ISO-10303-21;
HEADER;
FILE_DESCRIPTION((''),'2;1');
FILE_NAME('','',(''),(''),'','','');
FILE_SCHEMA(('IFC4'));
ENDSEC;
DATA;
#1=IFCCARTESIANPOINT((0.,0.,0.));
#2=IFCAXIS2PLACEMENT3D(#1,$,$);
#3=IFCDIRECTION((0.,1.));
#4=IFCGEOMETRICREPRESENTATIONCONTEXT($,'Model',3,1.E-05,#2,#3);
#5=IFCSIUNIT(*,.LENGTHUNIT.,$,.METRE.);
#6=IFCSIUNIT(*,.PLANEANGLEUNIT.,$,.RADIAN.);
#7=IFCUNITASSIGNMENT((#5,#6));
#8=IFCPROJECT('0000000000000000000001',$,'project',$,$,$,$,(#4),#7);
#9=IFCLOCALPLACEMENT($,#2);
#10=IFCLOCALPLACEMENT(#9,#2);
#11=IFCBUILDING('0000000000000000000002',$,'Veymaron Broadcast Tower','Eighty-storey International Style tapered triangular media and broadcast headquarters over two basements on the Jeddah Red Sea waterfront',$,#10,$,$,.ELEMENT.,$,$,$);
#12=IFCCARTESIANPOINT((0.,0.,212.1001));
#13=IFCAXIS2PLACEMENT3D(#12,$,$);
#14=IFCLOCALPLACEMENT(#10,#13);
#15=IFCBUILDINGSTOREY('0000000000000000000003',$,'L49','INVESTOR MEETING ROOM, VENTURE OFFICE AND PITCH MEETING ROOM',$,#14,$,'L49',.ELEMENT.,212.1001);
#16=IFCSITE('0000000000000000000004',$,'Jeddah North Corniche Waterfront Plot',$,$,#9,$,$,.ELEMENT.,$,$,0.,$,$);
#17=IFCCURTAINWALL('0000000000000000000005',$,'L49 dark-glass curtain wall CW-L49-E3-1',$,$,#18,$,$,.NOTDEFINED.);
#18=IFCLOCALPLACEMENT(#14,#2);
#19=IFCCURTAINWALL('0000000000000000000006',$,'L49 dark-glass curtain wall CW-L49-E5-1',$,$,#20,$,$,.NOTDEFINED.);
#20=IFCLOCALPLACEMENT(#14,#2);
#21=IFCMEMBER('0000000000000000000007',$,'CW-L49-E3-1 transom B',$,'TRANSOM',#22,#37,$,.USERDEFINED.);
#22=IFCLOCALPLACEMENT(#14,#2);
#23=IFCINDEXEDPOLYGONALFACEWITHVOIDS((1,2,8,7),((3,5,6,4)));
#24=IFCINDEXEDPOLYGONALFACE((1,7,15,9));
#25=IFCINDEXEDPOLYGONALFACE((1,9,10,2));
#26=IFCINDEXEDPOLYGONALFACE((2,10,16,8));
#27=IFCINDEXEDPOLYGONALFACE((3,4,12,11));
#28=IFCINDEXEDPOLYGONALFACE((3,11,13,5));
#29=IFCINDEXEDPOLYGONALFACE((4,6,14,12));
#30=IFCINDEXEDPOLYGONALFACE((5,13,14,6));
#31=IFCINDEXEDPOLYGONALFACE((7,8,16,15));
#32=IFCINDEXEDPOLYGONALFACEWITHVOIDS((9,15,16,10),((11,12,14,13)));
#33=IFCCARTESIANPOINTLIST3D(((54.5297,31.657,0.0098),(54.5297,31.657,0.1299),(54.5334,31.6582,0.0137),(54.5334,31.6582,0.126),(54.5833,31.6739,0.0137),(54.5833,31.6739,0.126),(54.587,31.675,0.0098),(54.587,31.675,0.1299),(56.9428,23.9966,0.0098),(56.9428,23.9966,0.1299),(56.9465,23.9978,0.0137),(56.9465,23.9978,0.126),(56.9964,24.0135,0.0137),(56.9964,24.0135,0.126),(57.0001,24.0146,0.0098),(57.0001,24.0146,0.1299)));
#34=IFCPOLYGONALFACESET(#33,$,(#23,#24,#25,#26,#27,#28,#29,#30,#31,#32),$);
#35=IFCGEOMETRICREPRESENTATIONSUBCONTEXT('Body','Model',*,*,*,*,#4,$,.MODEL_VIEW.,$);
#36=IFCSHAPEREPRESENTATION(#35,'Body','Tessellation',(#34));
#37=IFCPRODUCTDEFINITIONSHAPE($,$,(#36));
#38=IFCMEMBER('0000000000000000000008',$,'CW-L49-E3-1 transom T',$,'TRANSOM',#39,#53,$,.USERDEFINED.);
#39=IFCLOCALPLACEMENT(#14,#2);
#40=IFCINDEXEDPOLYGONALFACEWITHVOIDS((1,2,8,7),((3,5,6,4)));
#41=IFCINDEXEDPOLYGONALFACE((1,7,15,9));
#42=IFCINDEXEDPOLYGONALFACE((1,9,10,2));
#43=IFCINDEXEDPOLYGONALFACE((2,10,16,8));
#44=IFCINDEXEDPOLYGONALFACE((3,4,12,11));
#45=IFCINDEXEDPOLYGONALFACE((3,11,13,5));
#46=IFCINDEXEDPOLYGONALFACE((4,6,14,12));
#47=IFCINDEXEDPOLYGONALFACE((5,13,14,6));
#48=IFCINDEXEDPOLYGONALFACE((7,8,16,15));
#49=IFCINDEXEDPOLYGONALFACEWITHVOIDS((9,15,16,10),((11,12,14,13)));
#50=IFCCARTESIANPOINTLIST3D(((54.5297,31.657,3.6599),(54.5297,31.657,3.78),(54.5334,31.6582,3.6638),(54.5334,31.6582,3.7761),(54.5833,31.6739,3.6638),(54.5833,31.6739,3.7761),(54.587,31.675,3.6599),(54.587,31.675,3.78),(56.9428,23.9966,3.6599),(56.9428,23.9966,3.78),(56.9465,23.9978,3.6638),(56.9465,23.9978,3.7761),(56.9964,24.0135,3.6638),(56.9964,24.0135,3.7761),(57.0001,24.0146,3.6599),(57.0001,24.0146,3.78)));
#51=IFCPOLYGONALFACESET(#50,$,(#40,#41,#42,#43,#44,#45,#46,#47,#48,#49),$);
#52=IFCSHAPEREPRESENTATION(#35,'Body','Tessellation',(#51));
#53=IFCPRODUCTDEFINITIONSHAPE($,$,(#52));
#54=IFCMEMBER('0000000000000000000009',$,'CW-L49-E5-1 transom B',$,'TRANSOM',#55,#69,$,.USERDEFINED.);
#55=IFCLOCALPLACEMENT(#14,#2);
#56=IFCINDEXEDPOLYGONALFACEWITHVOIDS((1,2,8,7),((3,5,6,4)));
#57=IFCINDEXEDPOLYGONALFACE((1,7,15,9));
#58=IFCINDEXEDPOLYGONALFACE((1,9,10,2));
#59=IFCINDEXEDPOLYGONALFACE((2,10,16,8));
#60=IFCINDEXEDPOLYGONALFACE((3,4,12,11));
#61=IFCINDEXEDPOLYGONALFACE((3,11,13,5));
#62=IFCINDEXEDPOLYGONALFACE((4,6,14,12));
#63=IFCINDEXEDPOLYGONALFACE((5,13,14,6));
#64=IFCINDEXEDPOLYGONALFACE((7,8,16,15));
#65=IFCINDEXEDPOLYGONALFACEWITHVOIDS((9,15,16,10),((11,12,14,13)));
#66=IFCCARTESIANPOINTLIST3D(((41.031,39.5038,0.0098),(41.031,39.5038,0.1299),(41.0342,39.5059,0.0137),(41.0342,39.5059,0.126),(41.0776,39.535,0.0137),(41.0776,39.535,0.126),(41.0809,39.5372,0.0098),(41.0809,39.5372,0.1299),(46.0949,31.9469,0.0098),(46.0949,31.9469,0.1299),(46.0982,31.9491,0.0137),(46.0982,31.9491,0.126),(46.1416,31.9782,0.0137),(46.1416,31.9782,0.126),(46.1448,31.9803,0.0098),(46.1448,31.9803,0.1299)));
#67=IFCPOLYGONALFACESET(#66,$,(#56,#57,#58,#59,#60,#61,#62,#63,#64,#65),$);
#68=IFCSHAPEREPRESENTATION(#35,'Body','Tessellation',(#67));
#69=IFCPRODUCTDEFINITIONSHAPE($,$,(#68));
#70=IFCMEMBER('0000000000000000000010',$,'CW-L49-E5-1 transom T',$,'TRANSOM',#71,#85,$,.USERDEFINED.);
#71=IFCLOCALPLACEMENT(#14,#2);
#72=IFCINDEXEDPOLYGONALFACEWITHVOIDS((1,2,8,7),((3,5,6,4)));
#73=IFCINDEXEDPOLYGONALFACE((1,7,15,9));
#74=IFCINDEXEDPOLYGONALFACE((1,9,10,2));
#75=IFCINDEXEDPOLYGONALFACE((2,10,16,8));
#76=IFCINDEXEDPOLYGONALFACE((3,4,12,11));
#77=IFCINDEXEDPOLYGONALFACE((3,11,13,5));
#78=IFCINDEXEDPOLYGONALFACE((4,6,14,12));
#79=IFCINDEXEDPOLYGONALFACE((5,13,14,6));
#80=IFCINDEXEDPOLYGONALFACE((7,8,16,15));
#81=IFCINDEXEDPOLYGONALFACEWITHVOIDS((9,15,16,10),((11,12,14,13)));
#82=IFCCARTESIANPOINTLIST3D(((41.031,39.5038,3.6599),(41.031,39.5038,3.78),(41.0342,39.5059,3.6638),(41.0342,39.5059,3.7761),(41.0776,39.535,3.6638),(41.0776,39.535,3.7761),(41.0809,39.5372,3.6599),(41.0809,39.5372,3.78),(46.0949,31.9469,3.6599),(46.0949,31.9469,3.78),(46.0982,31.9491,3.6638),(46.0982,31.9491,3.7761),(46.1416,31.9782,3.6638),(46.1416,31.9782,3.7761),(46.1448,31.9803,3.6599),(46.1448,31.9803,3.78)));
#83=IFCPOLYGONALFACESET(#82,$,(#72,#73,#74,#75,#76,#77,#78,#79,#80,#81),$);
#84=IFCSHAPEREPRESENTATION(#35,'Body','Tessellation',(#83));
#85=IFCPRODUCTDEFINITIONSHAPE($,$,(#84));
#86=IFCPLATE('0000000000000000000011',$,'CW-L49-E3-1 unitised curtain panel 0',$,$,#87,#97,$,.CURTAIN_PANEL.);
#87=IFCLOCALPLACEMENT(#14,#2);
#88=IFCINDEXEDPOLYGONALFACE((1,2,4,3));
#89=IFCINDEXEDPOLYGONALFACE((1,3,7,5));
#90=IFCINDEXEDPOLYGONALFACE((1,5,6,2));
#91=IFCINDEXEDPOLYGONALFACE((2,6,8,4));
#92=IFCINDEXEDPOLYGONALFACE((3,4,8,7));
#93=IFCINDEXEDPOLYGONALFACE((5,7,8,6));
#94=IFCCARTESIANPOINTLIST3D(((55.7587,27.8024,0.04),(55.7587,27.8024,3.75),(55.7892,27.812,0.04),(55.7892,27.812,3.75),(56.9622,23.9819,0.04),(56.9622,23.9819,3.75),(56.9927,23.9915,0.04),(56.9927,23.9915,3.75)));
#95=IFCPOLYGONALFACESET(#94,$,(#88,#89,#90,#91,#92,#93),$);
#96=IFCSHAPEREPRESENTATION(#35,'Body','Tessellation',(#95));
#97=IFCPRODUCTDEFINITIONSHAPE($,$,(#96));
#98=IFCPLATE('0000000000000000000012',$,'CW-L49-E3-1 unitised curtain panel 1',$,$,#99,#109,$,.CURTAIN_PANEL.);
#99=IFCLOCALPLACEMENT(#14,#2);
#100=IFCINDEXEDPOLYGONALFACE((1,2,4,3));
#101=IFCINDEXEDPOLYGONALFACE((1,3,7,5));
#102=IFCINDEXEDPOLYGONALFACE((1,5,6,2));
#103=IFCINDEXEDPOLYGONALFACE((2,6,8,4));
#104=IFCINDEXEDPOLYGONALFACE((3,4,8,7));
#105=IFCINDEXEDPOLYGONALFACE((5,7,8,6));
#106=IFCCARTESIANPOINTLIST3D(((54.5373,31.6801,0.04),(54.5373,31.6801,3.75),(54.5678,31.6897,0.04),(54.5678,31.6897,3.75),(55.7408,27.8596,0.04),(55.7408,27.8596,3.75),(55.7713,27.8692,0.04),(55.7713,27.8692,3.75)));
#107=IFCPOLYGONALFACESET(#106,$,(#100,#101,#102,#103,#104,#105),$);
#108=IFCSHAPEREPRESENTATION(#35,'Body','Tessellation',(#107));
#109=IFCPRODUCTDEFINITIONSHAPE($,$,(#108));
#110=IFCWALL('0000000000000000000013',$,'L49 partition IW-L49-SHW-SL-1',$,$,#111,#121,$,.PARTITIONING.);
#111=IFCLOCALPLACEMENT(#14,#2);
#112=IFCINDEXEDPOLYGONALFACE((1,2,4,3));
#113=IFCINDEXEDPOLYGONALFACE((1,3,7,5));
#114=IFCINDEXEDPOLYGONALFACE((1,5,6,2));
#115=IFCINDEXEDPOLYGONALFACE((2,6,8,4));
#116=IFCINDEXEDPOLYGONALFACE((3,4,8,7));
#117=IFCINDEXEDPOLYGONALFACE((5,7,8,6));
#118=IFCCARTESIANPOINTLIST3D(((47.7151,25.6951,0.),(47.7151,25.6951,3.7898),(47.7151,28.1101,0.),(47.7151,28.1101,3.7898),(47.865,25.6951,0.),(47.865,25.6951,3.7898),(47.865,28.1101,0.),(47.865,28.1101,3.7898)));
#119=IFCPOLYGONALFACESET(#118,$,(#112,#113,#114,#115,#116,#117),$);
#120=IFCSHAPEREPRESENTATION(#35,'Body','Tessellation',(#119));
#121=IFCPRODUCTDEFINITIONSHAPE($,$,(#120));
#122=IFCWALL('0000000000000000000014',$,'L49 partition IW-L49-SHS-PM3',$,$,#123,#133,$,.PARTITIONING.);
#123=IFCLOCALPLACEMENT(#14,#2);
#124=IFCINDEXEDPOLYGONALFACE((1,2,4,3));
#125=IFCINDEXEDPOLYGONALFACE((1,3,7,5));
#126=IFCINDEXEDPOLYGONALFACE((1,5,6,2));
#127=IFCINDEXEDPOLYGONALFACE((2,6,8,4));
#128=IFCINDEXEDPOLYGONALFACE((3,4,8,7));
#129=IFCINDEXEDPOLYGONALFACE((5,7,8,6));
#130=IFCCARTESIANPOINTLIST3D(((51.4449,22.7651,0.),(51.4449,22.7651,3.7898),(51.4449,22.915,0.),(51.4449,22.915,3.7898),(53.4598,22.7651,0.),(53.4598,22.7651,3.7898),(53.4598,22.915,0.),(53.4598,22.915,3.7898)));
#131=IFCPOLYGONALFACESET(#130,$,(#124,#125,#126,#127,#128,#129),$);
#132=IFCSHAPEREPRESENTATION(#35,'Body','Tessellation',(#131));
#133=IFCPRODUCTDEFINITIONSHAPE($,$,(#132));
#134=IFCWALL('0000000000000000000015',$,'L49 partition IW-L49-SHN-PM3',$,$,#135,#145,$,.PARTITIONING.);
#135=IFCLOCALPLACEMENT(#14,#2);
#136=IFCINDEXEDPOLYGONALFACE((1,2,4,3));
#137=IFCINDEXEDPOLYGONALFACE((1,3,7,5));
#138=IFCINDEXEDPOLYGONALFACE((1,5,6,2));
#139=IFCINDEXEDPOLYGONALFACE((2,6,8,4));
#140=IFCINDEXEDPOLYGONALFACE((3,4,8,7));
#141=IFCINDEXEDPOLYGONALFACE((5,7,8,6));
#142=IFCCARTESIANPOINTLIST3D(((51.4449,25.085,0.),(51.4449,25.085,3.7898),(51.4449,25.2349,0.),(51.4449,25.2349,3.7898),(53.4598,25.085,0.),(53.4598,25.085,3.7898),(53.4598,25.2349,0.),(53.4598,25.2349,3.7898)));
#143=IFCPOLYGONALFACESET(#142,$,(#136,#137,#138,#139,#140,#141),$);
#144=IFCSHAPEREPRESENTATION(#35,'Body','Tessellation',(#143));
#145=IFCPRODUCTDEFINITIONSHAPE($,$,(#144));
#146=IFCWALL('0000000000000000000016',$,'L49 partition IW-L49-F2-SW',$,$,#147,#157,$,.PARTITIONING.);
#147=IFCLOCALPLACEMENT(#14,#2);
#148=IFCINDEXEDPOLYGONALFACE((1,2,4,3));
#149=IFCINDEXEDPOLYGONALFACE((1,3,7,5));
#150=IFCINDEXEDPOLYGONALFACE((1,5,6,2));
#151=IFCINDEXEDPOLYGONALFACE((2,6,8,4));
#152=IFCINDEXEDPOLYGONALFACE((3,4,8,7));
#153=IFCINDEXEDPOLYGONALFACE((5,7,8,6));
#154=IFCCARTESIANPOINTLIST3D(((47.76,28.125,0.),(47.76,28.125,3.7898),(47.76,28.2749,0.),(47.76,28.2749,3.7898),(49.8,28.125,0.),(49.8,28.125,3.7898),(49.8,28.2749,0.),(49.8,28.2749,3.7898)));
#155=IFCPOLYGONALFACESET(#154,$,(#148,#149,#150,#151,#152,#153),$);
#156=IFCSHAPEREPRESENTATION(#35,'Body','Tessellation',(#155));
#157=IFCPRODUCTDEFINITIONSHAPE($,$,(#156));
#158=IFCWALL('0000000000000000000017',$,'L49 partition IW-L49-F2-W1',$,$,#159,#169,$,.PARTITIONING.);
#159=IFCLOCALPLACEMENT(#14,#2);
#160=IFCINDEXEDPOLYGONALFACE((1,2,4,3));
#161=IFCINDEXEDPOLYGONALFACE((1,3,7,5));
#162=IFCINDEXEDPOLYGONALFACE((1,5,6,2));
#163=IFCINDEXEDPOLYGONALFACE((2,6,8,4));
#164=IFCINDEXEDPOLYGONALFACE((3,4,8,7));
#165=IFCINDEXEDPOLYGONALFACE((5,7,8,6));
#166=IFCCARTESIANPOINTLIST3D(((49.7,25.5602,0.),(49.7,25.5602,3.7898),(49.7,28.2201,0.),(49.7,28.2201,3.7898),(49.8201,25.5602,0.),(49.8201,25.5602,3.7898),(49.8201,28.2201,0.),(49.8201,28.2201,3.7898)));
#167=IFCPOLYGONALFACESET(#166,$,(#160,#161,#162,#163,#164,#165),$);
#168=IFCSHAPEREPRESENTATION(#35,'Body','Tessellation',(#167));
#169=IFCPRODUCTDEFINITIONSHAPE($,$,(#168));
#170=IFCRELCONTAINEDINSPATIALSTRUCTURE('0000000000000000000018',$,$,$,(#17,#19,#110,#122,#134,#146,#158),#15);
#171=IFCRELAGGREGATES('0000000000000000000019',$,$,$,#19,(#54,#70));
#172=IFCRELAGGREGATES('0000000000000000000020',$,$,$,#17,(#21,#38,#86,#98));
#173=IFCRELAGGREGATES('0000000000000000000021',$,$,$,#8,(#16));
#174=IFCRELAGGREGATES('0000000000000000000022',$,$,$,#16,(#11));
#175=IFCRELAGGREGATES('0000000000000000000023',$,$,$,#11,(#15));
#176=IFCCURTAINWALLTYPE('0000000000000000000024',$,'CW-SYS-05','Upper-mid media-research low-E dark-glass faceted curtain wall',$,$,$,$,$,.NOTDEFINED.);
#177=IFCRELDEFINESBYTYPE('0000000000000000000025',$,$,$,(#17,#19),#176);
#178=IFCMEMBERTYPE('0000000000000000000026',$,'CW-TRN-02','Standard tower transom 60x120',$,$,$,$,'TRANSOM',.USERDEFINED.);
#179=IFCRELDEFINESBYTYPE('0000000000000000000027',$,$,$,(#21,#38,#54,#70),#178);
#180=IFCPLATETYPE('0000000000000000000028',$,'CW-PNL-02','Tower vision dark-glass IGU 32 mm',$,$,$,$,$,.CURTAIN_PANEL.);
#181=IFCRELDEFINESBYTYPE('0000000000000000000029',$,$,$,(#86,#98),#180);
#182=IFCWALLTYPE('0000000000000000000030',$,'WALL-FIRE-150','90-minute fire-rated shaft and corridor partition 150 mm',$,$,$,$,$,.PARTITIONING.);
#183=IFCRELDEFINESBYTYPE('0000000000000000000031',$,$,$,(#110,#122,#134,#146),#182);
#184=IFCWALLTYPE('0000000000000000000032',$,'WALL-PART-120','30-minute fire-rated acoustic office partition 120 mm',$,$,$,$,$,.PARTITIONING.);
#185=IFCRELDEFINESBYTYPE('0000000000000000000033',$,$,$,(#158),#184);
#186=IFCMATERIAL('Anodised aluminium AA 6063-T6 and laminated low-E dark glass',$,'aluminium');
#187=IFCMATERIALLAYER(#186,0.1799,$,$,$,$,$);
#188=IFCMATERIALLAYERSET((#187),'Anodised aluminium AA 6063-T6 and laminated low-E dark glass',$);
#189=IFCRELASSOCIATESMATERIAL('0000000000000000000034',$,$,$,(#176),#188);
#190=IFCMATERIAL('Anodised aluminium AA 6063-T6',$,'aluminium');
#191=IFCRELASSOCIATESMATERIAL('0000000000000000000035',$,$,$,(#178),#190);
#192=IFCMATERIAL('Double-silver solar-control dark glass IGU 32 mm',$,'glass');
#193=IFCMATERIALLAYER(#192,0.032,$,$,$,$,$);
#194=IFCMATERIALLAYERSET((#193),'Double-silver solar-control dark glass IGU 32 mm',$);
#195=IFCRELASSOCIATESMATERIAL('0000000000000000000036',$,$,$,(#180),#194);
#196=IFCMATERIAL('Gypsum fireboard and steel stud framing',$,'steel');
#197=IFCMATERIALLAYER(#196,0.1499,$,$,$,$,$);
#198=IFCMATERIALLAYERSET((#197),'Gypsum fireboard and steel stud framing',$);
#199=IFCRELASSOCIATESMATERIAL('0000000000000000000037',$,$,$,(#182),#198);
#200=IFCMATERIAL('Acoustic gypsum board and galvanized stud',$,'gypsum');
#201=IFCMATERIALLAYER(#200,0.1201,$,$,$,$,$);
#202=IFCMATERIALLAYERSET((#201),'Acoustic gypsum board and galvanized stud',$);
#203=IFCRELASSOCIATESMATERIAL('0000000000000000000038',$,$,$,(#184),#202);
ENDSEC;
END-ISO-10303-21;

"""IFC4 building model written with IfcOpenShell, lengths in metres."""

from ifc_helpers import new_model, si_unit, direction, frame, frame_2d, origin, origin_2d, place, context, subcontext, project, spatial, rectangle, hollow_rectangle, extrude, material, layer, layer_set, material_profile, profile_set, type_object, element, aggregate, save


model = new_model("IFC4")

# Units and contexts
model_context = context("Model", 3, precision=1e-05, world=origin(), true_north=direction((0.0, 1.0)))
body_context = subcontext(model_context, "Body", "Model", "MODEL_VIEW")
ifc_project = project(units=[si_unit("LENGTHUNIT", "METRE"), si_unit("PLANEANGLEUNIT", "RADIAN")], contexts=[model_context])

# Site, building, storey
site_placement = place(None, origin())
site = spatial("IfcSite", under=ifc_project, at=site_placement, Name="Jeddah North Corniche Waterfront Plot", CompositionType="ELEMENT", RefElevation=0.0)
building_placement = place(site_placement, origin())
building = spatial("IfcBuilding", under=site, at=building_placement, Name="Veymaron Broadcast Tower", Description="Eighty-storey International Style tapered triangular media and broadcast headquarters over two basements on the Jeddah Red Sea waterfront", CompositionType="ELEMENT")
storey_placement = place(building_placement, frame((0.0, 0.0, 212.1001)))
storey = spatial("IfcBuildingStorey", under=building, at=storey_placement, Name="L49", Description="INVESTOR MEETING ROOM, VENTURE OFFICE AND PITCH MEETING ROOM", LongName="L49", CompositionType="ELEMENT", Elevation=212.1001)

# Shared definitions
ifc_material_1 = material(Name="Anodised aluminium AA 6063-T6 and laminated low-E dark glass", Category="aluminium")
ifc_layer_1 = layer(ifc_material_1, 0.1799)
ifc_layer_set_1 = layer_set([ifc_layer_1], Name="Anodised aluminium AA 6063-T6 and laminated low-E dark glass")
curtain_wall_type = type_object("IfcCurtainWallType", Name="CW-SYS-05", Description="Upper-mid media-research low-E dark-glass faceted curtain wall", PredefinedType="NOTDEFINED", material=ifc_layer_set_1)
ifc_material_2 = material(Name="Anodised aluminium AA 6063-T6", Category="aluminium")

# Curtain wall
curtain_wall_1_placement = place(storey_placement, origin())
curtain_wall_1 = element("IfcCurtainWall", 1, at=curtain_wall_1_placement, inside=storey, type_object=curtain_wall_type, Name="L49 dark-glass curtain wall CW-L49-E3-1", PredefinedType="NOTDEFINED")

# Curtain wall
curtain_wall_2_placement = place(storey_placement, origin())
curtain_wall_2 = element("IfcCurtainWall", 2, at=curtain_wall_2_placement, inside=storey, type_object=curtain_wall_type, Name="L49 dark-glass curtain wall CW-L49-E5-1", PredefinedType="NOTDEFINED")

# Members
ifc_material_profile_1 = material_profile(ifc_material_2, hollow_rectangle(XDim=0.0601, YDim=0.1201, WallThickness=0.0039, at=origin_2d()), Name="AL120X60X4")
ifc_profile_set_1 = profile_set([ifc_material_profile_1], Name="Anodised aluminium AA 6063-T6")
member_type_1 = type_object("IfcMemberType", Name="CW-TRN-02", Description="Standard tower transom 60x120", ElementType="TRANSOM", PredefinedType="USERDEFINED", material=ifc_profile_set_1)
member_1_placement = place(storey_placement, frame((56.9714, 24.0056, 0.0698), z_axis=(-0.300453, 0.953797, 0.0), x_axis=(-0.953797, -0.300453, 0.0)))
member_1 = element("IfcMember", 3, at=member_1_placement, type_object=member_type_1, Name="CW-L49-E3-1 transom B", ObjectType="TRANSOM", PredefinedType="USERDEFINED", context=body_context, shape_type="SweptSolid", body=[
    extrude(hollow_rectangle(XDim=0.0601, YDim=0.1201, WallThickness=0.0039, at=origin_2d()), origin(), (0.0, 0.0, 1.0), 8.0315),
])
member_2_placement = place(storey_placement, frame((56.9714, 24.0056, 3.72), z_axis=(-0.300453, 0.953797, 0.0), x_axis=(-0.953797, -0.300453, 0.0)))
member_2 = element("IfcMember", 4, at=member_2_placement, type_object=member_type_1, Name="CW-L49-E3-1 transom T", ObjectType="TRANSOM", PredefinedType="USERDEFINED", context=body_context, shape_type="SweptSolid", body=[
    extrude(hollow_rectangle(XDim=0.0601, YDim=0.1201, WallThickness=0.0039, at=origin_2d()), origin(), (0.0, 0.0, 1.0), 8.0315),
])
member_3_placement = place(storey_placement, frame((46.1199, 31.9636, 0.0698), z_axis=(-0.556681, 0.830727, 0.0), x_axis=(-0.830727, -0.556681, 0.0)))
member_3 = element("IfcMember", 5, at=member_3_placement, type_object=member_type_1, Name="CW-L49-E5-1 transom B", ObjectType="TRANSOM", PredefinedType="USERDEFINED", context=body_context, shape_type="SweptSolid", body=[
    extrude(hollow_rectangle(XDim=0.0601, YDim=0.1201, WallThickness=0.0039, at=origin_2d()), origin(), (0.0, 0.0, 1.0), 9.0967),
])
member_4_placement = place(storey_placement, frame((46.1199, 31.9636, 3.72), z_axis=(-0.556681, 0.830727, 0.0), x_axis=(-0.830727, -0.556681, 0.0)))
member_4 = element("IfcMember", 6, at=member_4_placement, type_object=member_type_1, Name="CW-L49-E5-1 transom T", ObjectType="TRANSOM", PredefinedType="USERDEFINED", context=body_context, shape_type="SweptSolid", body=[
    extrude(hollow_rectangle(XDim=0.0601, YDim=0.1201, WallThickness=0.0039, at=origin_2d()), origin(), (0.0, 0.0, 1.0), 9.0967),
])
aggregate(curtain_wall_2, [member_3, member_4])

# Plates
ifc_material_3 = material(Name="Double-silver solar-control dark glass IGU 32 mm", Category="glass")
ifc_layer_2 = layer(ifc_material_3, 0.032)
ifc_layer_set_2 = layer_set([ifc_layer_2], Name="Double-silver solar-control dark glass IGU 32 mm")
plate_type = type_object("IfcPlateType", Name="CW-PNL-02", Description="Tower vision dark-glass IGU 32 mm", PredefinedType="CURTAIN_PANEL", material=ifc_layer_set_2)
plate_1_placement = place(storey_placement, frame((56.3757, 25.897, 0.04), z_axis=(0.0, 0.0, 1.0), x_axis=(-0.300456, 0.953796, 0.0)))
plate_1 = element("IfcPlate", 7, at=plate_1_placement, type_object=plate_type, Name="CW-L49-E3-1 unitised curtain panel 0", PredefinedType="CURTAIN_PANEL", context=body_context, shape_type="SweptSolid", body=[
    extrude(rectangle(XDim=4.0056, YDim=0.032, at=origin_2d()), origin(), (0.0, 0.0, 1.0), 3.71),
])
plate_2_placement = place(storey_placement, frame((55.1543, 29.7747, 0.04), z_axis=(0.0, 0.0, 1.0), x_axis=(-0.300456, 0.953796, 0.0)))
plate_2 = element("IfcPlate", 8, at=plate_2_placement, type_object=plate_type, Name="CW-L49-E3-1 unitised curtain panel 1", PredefinedType="CURTAIN_PANEL", context=body_context, shape_type="SweptSolid", body=[
    extrude(rectangle(XDim=4.0056, YDim=0.032, at=origin_2d()), origin(), (0.0, 0.0, 1.0), 3.71),
])
aggregate(curtain_wall_1, [member_1, member_2, plate_1, plate_2])

# Shared definitions
ifc_material_4 = material(Name="Gypsum fireboard and steel stud framing", Category="steel")
ifc_layer_3 = layer(ifc_material_4, 0.1499)
ifc_layer_set_3 = layer_set([ifc_layer_3], Name="Gypsum fireboard and steel stud framing")
wall_type_1 = type_object("IfcWallType", Name="WALL-FIRE-150", Description="90-minute fire-rated shaft and corridor partition 150 mm", PredefinedType="PARTITIONING", material=ifc_layer_set_3)

# Wall
wall_1_placement = place(storey_placement, frame((47.79, 25.6951, 0.0), z_axis=(0.0, 0.0, 1.0), x_axis=(0.0, 1.0, 0.0)))
element("IfcWall", 9, at=wall_1_placement, inside=storey, type_object=wall_type_1, Name="L49 partition IW-L49-SHW-SL-1", PredefinedType="PARTITIONING", context=body_context, shape_type="SweptSolid", body=[
    extrude(rectangle(XDim=2.415, YDim=0.1499, at=frame_2d((1.2075, 0.0))), origin(), (0.0, 0.0, 1.0), 3.7898),
])

# Walls
for number, where, z_axis, x_axis, name in (
    (10, (51.4451, 22.8401, 0.0), (0.0, 0.0, 1.0), (1.0, 0.0, 0.0), "L49 partition IW-L49-SHS-PM3"),
    (11, (51.4451, 25.1599, 0.0), (0.0, 0.0, 1.0), (1.0, 0.0, 0.0), "L49 partition IW-L49-SHN-PM3"),
):
    element("IfcWall", number, at=place(storey_placement, frame(where, z_axis=z_axis, x_axis=x_axis)), inside=storey, type_object=wall_type_1, Name=name, PredefinedType="PARTITIONING", context=body_context, shape_type="SweptSolid", body=[
        extrude(rectangle(XDim=2.0149, YDim=0.1499, at=frame_2d((1.0073, 0.0))), origin(), (0.0, 0.0, 1.0), 3.7898),
    ])
wall_2_placement = place(storey_placement, frame((47.76, 28.2, 0.0), z_axis=(0.0, 0.0, 1.0), x_axis=(1.0, 0.0, 0.0)))
element("IfcWall", 12, at=wall_2_placement, inside=storey, type_object=wall_type_1, Name="L49 partition IW-L49-F2-SW", PredefinedType="PARTITIONING", context=body_context, shape_type="SweptSolid", body=[
    extrude(rectangle(XDim=2.04, YDim=0.1499, at=frame_2d((1.02, 0.0))), origin(), (0.0, 0.0, 1.0), 3.7898),
])
ifc_material_5 = material(Name="Acoustic gypsum board and galvanized stud", Category="gypsum")
ifc_layer_4 = layer(ifc_material_5, 0.1201)
ifc_layer_set_4 = layer_set([ifc_layer_4], Name="Acoustic gypsum board and galvanized stud")
wall_type_2 = type_object("IfcWallType", Name="WALL-PART-120", Description="30-minute fire-rated acoustic office partition 120 mm", PredefinedType="PARTITIONING", material=ifc_layer_set_4)
wall_3_placement = place(storey_placement, frame((49.76, 25.5601, 0.0), z_axis=(0.0, 0.0, 1.0), x_axis=(0.0, 1.0, 0.0)))
element("IfcWall", 13, at=wall_3_placement, inside=storey, type_object=wall_type_2, Name="L49 partition IW-L49-F2-W1", PredefinedType="PARTITIONING", context=body_context, shape_type="SweptSolid", body=[
    extrude(rectangle(XDim=2.6599, YDim=0.1201, at=frame_2d((1.3301, 0.0))), origin(), (0.0, 0.0, 1.0), 3.7898),
])

save(model, "model.ifc")
